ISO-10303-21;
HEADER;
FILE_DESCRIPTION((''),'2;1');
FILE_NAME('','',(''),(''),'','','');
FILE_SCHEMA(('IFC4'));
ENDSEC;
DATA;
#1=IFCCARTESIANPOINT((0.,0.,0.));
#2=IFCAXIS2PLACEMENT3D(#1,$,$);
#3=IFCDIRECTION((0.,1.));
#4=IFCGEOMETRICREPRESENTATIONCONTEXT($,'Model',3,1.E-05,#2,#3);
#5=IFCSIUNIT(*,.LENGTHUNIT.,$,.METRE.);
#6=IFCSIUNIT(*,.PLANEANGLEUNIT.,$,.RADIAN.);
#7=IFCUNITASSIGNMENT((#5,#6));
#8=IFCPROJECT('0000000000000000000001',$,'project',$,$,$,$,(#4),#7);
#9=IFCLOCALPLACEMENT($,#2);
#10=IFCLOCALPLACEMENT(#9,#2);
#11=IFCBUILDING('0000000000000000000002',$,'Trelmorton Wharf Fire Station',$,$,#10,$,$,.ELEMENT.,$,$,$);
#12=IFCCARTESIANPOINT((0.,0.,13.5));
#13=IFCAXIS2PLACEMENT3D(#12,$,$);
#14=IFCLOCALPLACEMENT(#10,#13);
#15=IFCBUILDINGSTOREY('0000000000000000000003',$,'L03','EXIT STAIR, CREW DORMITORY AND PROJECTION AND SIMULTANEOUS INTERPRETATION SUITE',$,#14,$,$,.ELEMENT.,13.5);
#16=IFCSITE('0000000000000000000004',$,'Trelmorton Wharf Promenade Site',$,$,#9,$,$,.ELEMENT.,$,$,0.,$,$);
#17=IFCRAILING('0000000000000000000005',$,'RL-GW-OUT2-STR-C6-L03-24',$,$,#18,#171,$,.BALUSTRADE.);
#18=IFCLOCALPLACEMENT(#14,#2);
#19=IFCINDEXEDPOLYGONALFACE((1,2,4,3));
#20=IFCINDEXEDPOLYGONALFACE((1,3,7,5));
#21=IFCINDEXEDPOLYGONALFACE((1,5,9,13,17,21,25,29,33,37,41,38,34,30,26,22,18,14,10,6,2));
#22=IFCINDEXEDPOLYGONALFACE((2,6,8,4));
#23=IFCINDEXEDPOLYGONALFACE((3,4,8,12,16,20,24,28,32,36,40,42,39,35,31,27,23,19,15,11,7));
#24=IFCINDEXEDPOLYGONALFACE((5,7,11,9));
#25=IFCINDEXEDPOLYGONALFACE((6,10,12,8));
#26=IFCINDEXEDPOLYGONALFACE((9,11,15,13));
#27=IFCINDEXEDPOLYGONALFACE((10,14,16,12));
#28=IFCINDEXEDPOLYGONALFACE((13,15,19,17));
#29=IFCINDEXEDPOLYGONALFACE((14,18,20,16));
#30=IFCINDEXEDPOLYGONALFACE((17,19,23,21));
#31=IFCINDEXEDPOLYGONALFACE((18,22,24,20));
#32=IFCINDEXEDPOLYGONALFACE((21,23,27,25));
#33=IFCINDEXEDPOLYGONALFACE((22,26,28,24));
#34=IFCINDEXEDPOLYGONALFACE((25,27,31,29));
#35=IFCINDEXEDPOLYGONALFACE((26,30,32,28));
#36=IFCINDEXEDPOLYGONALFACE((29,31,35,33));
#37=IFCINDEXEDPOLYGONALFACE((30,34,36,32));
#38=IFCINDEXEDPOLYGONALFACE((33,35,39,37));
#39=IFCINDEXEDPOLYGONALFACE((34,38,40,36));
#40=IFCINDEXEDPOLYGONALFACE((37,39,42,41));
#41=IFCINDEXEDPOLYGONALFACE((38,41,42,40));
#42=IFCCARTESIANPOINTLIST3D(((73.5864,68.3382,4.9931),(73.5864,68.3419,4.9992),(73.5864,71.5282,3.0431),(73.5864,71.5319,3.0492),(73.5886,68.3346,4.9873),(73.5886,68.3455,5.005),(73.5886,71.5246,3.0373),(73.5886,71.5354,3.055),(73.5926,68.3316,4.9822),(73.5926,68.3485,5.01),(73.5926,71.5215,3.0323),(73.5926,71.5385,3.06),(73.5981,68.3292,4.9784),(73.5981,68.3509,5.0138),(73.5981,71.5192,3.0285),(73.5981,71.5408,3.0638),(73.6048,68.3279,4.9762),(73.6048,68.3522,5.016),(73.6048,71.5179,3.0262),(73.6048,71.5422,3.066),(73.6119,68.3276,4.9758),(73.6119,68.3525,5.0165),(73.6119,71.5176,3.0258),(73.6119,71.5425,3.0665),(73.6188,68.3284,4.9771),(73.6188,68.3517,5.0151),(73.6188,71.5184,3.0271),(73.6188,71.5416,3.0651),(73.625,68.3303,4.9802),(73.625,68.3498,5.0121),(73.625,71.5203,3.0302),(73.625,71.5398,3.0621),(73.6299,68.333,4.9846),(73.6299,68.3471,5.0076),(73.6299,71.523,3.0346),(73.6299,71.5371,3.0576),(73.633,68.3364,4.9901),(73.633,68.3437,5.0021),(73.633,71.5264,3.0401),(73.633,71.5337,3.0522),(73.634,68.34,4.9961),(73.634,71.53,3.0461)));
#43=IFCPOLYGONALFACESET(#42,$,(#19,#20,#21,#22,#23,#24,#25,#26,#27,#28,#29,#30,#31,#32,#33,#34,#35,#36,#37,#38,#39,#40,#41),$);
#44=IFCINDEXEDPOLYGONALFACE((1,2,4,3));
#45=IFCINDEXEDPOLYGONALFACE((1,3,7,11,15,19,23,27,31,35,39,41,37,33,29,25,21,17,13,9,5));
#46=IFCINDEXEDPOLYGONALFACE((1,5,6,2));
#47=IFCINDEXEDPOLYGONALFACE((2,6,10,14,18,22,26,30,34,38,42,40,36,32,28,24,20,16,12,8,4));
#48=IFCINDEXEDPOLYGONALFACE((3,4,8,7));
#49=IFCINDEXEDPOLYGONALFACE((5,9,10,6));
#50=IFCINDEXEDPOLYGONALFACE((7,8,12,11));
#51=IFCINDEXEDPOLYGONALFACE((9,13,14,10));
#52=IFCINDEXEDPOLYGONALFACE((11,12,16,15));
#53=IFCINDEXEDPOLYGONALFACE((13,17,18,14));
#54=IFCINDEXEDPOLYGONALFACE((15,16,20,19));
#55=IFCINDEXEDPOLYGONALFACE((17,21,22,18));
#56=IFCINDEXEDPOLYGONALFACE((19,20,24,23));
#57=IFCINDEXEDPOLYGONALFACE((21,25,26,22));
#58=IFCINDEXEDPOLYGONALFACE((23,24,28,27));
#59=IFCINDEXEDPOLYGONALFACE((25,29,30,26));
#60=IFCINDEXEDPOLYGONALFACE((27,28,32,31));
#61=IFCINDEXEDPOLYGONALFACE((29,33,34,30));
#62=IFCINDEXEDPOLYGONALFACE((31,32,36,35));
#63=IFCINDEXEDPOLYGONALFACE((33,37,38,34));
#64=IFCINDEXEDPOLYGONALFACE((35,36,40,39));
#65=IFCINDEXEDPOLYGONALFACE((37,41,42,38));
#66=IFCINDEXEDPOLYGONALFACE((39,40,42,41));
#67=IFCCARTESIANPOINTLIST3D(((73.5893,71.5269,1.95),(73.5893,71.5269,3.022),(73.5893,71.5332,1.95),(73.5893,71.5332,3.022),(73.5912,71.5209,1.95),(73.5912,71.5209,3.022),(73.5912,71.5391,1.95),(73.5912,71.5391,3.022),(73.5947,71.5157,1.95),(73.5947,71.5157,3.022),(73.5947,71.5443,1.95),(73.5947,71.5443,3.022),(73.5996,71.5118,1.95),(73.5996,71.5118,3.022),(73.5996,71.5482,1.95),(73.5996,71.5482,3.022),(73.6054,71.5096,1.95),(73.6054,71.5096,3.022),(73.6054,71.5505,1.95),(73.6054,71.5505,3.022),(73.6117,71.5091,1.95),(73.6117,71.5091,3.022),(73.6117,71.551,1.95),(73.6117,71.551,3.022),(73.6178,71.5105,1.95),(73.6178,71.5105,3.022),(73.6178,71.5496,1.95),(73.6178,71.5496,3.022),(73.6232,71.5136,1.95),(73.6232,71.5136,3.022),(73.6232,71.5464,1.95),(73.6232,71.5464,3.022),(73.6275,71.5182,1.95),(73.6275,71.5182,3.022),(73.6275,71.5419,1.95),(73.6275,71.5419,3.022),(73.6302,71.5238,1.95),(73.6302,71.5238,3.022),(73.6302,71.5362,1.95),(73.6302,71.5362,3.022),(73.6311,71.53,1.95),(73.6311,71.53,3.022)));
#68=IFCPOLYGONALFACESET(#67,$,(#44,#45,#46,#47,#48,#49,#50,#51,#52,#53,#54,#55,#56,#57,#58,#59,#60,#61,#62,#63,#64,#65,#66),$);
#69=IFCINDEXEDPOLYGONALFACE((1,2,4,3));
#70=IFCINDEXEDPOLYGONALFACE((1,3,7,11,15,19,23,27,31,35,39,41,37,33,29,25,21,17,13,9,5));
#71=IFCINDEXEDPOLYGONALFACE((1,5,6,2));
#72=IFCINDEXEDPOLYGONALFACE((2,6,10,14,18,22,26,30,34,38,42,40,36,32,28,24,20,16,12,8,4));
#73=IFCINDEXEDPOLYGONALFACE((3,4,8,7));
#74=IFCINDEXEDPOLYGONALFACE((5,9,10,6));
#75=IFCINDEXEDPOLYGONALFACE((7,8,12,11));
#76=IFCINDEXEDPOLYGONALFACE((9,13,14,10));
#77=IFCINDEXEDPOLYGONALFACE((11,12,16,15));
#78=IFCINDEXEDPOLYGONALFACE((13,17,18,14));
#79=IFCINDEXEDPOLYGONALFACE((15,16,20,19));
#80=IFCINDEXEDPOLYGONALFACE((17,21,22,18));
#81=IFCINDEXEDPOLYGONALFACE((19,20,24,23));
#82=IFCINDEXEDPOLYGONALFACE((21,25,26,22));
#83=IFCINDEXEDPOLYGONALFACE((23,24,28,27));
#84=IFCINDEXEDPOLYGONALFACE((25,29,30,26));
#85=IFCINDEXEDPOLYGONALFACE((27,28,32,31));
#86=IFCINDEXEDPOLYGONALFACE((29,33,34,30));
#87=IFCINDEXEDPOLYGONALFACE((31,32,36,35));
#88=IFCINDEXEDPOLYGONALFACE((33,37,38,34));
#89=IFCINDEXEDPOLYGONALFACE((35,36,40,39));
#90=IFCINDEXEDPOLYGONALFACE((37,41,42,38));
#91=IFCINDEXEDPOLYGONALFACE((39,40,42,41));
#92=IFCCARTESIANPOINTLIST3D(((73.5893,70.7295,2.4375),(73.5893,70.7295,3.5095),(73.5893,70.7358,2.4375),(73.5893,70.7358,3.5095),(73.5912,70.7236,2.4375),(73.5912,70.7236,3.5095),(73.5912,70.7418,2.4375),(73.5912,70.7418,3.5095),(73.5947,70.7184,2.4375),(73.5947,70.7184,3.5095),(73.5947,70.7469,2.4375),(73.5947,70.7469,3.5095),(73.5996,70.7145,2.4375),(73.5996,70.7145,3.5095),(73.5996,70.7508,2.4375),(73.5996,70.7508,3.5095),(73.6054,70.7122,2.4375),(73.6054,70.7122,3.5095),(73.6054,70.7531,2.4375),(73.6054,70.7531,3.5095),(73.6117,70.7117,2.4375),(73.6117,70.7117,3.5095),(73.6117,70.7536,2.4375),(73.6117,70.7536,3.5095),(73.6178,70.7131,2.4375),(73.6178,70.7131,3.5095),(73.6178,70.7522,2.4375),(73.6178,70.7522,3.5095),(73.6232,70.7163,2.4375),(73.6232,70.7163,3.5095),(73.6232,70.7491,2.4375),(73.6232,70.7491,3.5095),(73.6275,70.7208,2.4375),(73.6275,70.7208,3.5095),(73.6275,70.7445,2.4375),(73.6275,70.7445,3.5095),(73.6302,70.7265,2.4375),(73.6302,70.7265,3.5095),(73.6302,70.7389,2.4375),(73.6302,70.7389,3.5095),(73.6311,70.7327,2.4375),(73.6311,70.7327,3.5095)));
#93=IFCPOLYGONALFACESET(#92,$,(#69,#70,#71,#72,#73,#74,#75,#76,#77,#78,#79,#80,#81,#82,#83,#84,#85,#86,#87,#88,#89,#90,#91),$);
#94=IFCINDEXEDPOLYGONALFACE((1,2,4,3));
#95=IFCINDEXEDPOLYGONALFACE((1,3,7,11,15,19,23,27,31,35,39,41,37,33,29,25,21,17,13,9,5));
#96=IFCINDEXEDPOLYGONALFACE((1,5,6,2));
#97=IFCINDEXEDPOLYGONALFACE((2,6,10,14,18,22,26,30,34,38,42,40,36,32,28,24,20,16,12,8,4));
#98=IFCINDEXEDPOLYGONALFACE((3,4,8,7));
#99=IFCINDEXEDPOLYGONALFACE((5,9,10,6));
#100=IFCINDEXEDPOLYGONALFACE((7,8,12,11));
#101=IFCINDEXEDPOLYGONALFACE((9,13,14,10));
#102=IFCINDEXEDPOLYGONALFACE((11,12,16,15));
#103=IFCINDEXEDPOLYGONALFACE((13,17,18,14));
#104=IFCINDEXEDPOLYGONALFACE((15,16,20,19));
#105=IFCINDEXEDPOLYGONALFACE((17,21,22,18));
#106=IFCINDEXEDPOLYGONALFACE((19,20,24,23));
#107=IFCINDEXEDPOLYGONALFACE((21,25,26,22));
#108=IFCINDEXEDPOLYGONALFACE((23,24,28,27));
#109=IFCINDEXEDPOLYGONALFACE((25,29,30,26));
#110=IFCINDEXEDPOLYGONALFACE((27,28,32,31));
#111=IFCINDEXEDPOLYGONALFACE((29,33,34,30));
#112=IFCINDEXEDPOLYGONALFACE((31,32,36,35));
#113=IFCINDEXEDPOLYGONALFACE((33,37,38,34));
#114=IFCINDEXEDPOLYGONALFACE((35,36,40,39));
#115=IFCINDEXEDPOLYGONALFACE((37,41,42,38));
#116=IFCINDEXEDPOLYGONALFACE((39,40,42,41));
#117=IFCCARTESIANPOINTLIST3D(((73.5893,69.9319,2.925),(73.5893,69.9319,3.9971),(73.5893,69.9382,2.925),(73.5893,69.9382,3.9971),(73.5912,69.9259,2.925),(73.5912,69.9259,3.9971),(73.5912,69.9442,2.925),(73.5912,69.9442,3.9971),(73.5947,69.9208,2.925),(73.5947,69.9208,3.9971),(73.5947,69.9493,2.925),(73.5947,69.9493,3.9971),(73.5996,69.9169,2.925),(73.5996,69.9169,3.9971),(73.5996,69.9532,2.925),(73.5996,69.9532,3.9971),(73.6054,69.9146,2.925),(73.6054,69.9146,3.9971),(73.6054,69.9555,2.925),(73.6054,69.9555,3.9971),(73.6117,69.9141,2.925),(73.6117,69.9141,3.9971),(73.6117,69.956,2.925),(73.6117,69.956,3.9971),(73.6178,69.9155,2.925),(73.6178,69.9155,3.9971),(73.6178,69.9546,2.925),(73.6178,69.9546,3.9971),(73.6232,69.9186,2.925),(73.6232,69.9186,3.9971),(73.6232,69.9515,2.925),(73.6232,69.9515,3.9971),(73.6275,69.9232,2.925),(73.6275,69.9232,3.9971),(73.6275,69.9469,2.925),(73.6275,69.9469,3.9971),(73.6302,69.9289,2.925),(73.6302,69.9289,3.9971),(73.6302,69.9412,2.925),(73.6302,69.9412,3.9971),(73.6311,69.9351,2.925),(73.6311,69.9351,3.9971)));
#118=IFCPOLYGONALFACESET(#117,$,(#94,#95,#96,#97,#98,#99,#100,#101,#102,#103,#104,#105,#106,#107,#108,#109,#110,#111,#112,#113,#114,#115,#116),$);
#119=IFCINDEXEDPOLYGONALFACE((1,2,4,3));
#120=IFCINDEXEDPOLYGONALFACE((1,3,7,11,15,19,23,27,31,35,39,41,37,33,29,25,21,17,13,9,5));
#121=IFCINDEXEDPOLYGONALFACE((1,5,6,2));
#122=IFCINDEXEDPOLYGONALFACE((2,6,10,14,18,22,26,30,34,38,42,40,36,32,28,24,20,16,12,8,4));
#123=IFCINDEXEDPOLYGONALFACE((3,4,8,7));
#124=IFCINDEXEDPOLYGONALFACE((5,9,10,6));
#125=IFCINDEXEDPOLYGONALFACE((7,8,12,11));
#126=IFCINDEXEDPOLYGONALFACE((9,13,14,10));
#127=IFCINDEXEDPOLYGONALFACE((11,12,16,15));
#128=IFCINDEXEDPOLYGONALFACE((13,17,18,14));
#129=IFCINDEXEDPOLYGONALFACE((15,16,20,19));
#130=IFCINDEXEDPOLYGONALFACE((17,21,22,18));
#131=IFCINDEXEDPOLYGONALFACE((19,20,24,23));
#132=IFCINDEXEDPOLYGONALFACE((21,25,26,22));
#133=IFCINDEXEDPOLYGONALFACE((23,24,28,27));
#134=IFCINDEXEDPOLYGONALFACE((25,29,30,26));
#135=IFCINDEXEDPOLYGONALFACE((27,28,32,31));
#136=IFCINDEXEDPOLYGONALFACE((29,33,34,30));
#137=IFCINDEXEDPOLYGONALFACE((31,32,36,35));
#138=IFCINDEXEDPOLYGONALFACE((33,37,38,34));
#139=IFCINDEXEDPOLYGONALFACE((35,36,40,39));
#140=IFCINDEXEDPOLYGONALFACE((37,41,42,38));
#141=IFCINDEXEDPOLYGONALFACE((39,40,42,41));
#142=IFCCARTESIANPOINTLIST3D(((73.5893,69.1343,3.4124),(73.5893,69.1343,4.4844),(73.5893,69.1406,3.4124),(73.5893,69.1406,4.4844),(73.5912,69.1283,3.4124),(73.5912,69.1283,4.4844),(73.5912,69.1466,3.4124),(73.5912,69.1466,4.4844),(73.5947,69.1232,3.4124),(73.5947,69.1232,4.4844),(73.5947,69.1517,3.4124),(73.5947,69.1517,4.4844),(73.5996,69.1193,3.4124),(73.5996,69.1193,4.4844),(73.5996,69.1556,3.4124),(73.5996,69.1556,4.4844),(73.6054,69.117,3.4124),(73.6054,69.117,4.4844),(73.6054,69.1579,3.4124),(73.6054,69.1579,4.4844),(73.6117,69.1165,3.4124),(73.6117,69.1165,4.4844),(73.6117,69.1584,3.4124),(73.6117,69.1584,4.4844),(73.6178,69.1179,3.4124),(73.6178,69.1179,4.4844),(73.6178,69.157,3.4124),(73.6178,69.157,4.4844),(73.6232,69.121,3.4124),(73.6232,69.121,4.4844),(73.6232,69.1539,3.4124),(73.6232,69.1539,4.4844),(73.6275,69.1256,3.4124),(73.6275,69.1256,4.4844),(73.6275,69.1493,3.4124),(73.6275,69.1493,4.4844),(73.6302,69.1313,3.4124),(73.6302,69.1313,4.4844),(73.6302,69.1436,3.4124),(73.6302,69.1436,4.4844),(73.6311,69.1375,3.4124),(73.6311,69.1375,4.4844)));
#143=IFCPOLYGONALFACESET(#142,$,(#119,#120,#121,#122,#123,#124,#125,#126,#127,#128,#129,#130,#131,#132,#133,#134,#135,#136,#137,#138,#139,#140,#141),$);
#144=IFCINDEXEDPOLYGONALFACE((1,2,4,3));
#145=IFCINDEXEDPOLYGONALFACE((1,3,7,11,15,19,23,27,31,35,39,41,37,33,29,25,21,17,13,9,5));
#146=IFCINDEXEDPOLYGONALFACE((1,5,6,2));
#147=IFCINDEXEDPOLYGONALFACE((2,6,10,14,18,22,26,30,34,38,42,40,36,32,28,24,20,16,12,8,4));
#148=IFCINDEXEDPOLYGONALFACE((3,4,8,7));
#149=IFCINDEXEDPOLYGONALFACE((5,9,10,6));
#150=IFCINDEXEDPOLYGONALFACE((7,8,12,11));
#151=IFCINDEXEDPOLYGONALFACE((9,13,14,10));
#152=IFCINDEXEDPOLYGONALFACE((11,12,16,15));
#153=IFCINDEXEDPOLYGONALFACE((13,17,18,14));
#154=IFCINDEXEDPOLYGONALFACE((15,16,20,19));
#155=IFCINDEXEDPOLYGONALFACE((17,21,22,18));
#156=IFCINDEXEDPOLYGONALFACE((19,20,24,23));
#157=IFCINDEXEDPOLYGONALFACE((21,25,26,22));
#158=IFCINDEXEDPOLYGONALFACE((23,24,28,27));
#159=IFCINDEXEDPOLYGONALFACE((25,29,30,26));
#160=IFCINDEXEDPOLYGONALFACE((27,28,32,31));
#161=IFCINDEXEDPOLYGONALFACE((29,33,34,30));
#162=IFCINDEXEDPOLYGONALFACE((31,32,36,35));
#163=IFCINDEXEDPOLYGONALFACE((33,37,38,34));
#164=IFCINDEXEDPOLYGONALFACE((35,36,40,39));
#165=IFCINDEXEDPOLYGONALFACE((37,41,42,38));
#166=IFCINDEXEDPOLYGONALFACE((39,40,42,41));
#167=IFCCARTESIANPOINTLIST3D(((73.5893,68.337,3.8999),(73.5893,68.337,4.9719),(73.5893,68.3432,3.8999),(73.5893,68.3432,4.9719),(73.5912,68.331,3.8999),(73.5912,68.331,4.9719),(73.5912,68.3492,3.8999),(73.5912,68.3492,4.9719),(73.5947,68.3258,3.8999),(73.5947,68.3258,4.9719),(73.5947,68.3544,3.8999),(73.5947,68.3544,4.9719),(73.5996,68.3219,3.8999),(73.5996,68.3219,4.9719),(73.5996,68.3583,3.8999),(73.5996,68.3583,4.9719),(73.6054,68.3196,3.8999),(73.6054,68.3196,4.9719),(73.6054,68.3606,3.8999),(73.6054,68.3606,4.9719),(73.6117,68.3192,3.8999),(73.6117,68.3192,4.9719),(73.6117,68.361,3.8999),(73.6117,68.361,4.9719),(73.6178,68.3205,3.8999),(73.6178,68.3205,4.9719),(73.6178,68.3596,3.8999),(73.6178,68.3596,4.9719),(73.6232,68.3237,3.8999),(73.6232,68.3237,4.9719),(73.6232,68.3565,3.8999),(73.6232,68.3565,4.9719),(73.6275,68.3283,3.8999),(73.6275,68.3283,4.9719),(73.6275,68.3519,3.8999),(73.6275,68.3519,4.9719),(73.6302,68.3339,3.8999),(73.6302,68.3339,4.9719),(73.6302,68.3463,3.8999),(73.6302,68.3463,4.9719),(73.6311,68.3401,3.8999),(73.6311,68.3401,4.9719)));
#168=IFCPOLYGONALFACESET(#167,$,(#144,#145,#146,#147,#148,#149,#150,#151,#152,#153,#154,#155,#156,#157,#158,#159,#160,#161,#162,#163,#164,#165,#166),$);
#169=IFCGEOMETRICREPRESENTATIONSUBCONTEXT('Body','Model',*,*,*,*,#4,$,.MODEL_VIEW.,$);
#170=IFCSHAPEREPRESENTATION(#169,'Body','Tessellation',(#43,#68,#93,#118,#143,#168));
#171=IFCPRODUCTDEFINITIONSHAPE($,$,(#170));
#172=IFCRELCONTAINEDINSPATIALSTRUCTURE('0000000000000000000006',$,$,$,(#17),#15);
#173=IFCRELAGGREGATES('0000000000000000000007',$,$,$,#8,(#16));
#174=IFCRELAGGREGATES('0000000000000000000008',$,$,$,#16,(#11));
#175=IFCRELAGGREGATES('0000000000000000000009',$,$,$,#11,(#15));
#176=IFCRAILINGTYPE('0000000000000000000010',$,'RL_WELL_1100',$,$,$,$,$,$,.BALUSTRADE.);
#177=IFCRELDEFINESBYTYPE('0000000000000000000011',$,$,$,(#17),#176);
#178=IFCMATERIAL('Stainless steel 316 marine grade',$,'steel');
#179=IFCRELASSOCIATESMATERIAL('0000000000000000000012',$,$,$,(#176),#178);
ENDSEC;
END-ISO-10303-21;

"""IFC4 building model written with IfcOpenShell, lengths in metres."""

from ifc_helpers import new_model, si_unit, direction, frame, origin, origin_2d, place, context, subcontext, project, spatial, circle, extrude, material, type_object, element, save


model = new_model("IFC4")

# Units and contexts
model_context = context("Model", 3, precision=1e-05, world=origin(), true_north=direction((0.0, 1.0)))
body_context = subcontext(model_context, "Body", "Model", "MODEL_VIEW")
ifc_project = project(units=[si_unit("LENGTHUNIT", "METRE"), si_unit("PLANEANGLEUNIT", "RADIAN")], contexts=[model_context])

# Site, building, storey
site_placement = place(None, origin())
site = spatial("IfcSite", under=ifc_project, at=site_placement, Name="Trelmorton Wharf Promenade Site", CompositionType="ELEMENT", RefElevation=0.0)
building_placement = place(site_placement, origin())
building = spatial("IfcBuilding", under=site, at=building_placement, Name="Trelmorton Wharf Fire Station", CompositionType="ELEMENT")
storey_placement = place(building_placement, frame((0.0, 0.0, 13.5)))
storey = spatial("IfcBuildingStorey", under=building, at=storey_placement, Name="L03", Description="EXIT STAIR, CREW DORMITORY AND PROJECTION AND SIMULTANEOUS INTERPRETATION SUITE", CompositionType="ELEMENT", Elevation=13.5)

# Shared definitions
ifc_material_1 = material(Name="Stainless steel 316 marine grade", Category="steel")

# Railing
railing_type = type_object("IfcRailingType", Name="RL_WELL_1100", PredefinedType="BALUSTRADE", material=ifc_material_1)
railing_1_placement = place(storey_placement, frame((73.6101, 71.53, 1.95)))
element("IfcRailing", 1, at=railing_1_placement, inside=storey, type_object=railing_type, Name="RL-GW-OUT2-STR-C6-L03-24", PredefinedType="BALUSTRADE", context=body_context, shape_type="SweptSolid", body=[
    extrude(circle(Radius=0.0239, at=origin_2d()), frame((0.0, 0.0, 1.0962), z_axis=(0.0, -0.853217, 0.521556), x_axis=(1.0, 0.0, 0.0)), (0.0, 0.0, 1.0), 3.7388),
    extrude(circle(Radius=0.021, at=origin_2d()), origin(), (0.0, 0.0, 1.0), 1.072),
    extrude(circle(Radius=0.021, at=origin_2d()), frame((0.0, -0.7974, 0.4875)), (0.0, 0.0, 1.0), 1.072),
    extrude(circle(Radius=0.021, at=origin_2d()), frame((0.0, -1.595, 0.9751)), (0.0, 0.0, 1.0), 1.072),
    extrude(circle(Radius=0.021, at=origin_2d()), frame((0.0, -2.3926, 1.4624)), (0.0, 0.0, 1.0), 1.072),
    extrude(circle(Radius=0.021, at=origin_2d()), frame((0.0, -3.1899, 1.95)), (0.0, 0.0, 1.0), 1.072),
])

save(model, "model.ifc")
